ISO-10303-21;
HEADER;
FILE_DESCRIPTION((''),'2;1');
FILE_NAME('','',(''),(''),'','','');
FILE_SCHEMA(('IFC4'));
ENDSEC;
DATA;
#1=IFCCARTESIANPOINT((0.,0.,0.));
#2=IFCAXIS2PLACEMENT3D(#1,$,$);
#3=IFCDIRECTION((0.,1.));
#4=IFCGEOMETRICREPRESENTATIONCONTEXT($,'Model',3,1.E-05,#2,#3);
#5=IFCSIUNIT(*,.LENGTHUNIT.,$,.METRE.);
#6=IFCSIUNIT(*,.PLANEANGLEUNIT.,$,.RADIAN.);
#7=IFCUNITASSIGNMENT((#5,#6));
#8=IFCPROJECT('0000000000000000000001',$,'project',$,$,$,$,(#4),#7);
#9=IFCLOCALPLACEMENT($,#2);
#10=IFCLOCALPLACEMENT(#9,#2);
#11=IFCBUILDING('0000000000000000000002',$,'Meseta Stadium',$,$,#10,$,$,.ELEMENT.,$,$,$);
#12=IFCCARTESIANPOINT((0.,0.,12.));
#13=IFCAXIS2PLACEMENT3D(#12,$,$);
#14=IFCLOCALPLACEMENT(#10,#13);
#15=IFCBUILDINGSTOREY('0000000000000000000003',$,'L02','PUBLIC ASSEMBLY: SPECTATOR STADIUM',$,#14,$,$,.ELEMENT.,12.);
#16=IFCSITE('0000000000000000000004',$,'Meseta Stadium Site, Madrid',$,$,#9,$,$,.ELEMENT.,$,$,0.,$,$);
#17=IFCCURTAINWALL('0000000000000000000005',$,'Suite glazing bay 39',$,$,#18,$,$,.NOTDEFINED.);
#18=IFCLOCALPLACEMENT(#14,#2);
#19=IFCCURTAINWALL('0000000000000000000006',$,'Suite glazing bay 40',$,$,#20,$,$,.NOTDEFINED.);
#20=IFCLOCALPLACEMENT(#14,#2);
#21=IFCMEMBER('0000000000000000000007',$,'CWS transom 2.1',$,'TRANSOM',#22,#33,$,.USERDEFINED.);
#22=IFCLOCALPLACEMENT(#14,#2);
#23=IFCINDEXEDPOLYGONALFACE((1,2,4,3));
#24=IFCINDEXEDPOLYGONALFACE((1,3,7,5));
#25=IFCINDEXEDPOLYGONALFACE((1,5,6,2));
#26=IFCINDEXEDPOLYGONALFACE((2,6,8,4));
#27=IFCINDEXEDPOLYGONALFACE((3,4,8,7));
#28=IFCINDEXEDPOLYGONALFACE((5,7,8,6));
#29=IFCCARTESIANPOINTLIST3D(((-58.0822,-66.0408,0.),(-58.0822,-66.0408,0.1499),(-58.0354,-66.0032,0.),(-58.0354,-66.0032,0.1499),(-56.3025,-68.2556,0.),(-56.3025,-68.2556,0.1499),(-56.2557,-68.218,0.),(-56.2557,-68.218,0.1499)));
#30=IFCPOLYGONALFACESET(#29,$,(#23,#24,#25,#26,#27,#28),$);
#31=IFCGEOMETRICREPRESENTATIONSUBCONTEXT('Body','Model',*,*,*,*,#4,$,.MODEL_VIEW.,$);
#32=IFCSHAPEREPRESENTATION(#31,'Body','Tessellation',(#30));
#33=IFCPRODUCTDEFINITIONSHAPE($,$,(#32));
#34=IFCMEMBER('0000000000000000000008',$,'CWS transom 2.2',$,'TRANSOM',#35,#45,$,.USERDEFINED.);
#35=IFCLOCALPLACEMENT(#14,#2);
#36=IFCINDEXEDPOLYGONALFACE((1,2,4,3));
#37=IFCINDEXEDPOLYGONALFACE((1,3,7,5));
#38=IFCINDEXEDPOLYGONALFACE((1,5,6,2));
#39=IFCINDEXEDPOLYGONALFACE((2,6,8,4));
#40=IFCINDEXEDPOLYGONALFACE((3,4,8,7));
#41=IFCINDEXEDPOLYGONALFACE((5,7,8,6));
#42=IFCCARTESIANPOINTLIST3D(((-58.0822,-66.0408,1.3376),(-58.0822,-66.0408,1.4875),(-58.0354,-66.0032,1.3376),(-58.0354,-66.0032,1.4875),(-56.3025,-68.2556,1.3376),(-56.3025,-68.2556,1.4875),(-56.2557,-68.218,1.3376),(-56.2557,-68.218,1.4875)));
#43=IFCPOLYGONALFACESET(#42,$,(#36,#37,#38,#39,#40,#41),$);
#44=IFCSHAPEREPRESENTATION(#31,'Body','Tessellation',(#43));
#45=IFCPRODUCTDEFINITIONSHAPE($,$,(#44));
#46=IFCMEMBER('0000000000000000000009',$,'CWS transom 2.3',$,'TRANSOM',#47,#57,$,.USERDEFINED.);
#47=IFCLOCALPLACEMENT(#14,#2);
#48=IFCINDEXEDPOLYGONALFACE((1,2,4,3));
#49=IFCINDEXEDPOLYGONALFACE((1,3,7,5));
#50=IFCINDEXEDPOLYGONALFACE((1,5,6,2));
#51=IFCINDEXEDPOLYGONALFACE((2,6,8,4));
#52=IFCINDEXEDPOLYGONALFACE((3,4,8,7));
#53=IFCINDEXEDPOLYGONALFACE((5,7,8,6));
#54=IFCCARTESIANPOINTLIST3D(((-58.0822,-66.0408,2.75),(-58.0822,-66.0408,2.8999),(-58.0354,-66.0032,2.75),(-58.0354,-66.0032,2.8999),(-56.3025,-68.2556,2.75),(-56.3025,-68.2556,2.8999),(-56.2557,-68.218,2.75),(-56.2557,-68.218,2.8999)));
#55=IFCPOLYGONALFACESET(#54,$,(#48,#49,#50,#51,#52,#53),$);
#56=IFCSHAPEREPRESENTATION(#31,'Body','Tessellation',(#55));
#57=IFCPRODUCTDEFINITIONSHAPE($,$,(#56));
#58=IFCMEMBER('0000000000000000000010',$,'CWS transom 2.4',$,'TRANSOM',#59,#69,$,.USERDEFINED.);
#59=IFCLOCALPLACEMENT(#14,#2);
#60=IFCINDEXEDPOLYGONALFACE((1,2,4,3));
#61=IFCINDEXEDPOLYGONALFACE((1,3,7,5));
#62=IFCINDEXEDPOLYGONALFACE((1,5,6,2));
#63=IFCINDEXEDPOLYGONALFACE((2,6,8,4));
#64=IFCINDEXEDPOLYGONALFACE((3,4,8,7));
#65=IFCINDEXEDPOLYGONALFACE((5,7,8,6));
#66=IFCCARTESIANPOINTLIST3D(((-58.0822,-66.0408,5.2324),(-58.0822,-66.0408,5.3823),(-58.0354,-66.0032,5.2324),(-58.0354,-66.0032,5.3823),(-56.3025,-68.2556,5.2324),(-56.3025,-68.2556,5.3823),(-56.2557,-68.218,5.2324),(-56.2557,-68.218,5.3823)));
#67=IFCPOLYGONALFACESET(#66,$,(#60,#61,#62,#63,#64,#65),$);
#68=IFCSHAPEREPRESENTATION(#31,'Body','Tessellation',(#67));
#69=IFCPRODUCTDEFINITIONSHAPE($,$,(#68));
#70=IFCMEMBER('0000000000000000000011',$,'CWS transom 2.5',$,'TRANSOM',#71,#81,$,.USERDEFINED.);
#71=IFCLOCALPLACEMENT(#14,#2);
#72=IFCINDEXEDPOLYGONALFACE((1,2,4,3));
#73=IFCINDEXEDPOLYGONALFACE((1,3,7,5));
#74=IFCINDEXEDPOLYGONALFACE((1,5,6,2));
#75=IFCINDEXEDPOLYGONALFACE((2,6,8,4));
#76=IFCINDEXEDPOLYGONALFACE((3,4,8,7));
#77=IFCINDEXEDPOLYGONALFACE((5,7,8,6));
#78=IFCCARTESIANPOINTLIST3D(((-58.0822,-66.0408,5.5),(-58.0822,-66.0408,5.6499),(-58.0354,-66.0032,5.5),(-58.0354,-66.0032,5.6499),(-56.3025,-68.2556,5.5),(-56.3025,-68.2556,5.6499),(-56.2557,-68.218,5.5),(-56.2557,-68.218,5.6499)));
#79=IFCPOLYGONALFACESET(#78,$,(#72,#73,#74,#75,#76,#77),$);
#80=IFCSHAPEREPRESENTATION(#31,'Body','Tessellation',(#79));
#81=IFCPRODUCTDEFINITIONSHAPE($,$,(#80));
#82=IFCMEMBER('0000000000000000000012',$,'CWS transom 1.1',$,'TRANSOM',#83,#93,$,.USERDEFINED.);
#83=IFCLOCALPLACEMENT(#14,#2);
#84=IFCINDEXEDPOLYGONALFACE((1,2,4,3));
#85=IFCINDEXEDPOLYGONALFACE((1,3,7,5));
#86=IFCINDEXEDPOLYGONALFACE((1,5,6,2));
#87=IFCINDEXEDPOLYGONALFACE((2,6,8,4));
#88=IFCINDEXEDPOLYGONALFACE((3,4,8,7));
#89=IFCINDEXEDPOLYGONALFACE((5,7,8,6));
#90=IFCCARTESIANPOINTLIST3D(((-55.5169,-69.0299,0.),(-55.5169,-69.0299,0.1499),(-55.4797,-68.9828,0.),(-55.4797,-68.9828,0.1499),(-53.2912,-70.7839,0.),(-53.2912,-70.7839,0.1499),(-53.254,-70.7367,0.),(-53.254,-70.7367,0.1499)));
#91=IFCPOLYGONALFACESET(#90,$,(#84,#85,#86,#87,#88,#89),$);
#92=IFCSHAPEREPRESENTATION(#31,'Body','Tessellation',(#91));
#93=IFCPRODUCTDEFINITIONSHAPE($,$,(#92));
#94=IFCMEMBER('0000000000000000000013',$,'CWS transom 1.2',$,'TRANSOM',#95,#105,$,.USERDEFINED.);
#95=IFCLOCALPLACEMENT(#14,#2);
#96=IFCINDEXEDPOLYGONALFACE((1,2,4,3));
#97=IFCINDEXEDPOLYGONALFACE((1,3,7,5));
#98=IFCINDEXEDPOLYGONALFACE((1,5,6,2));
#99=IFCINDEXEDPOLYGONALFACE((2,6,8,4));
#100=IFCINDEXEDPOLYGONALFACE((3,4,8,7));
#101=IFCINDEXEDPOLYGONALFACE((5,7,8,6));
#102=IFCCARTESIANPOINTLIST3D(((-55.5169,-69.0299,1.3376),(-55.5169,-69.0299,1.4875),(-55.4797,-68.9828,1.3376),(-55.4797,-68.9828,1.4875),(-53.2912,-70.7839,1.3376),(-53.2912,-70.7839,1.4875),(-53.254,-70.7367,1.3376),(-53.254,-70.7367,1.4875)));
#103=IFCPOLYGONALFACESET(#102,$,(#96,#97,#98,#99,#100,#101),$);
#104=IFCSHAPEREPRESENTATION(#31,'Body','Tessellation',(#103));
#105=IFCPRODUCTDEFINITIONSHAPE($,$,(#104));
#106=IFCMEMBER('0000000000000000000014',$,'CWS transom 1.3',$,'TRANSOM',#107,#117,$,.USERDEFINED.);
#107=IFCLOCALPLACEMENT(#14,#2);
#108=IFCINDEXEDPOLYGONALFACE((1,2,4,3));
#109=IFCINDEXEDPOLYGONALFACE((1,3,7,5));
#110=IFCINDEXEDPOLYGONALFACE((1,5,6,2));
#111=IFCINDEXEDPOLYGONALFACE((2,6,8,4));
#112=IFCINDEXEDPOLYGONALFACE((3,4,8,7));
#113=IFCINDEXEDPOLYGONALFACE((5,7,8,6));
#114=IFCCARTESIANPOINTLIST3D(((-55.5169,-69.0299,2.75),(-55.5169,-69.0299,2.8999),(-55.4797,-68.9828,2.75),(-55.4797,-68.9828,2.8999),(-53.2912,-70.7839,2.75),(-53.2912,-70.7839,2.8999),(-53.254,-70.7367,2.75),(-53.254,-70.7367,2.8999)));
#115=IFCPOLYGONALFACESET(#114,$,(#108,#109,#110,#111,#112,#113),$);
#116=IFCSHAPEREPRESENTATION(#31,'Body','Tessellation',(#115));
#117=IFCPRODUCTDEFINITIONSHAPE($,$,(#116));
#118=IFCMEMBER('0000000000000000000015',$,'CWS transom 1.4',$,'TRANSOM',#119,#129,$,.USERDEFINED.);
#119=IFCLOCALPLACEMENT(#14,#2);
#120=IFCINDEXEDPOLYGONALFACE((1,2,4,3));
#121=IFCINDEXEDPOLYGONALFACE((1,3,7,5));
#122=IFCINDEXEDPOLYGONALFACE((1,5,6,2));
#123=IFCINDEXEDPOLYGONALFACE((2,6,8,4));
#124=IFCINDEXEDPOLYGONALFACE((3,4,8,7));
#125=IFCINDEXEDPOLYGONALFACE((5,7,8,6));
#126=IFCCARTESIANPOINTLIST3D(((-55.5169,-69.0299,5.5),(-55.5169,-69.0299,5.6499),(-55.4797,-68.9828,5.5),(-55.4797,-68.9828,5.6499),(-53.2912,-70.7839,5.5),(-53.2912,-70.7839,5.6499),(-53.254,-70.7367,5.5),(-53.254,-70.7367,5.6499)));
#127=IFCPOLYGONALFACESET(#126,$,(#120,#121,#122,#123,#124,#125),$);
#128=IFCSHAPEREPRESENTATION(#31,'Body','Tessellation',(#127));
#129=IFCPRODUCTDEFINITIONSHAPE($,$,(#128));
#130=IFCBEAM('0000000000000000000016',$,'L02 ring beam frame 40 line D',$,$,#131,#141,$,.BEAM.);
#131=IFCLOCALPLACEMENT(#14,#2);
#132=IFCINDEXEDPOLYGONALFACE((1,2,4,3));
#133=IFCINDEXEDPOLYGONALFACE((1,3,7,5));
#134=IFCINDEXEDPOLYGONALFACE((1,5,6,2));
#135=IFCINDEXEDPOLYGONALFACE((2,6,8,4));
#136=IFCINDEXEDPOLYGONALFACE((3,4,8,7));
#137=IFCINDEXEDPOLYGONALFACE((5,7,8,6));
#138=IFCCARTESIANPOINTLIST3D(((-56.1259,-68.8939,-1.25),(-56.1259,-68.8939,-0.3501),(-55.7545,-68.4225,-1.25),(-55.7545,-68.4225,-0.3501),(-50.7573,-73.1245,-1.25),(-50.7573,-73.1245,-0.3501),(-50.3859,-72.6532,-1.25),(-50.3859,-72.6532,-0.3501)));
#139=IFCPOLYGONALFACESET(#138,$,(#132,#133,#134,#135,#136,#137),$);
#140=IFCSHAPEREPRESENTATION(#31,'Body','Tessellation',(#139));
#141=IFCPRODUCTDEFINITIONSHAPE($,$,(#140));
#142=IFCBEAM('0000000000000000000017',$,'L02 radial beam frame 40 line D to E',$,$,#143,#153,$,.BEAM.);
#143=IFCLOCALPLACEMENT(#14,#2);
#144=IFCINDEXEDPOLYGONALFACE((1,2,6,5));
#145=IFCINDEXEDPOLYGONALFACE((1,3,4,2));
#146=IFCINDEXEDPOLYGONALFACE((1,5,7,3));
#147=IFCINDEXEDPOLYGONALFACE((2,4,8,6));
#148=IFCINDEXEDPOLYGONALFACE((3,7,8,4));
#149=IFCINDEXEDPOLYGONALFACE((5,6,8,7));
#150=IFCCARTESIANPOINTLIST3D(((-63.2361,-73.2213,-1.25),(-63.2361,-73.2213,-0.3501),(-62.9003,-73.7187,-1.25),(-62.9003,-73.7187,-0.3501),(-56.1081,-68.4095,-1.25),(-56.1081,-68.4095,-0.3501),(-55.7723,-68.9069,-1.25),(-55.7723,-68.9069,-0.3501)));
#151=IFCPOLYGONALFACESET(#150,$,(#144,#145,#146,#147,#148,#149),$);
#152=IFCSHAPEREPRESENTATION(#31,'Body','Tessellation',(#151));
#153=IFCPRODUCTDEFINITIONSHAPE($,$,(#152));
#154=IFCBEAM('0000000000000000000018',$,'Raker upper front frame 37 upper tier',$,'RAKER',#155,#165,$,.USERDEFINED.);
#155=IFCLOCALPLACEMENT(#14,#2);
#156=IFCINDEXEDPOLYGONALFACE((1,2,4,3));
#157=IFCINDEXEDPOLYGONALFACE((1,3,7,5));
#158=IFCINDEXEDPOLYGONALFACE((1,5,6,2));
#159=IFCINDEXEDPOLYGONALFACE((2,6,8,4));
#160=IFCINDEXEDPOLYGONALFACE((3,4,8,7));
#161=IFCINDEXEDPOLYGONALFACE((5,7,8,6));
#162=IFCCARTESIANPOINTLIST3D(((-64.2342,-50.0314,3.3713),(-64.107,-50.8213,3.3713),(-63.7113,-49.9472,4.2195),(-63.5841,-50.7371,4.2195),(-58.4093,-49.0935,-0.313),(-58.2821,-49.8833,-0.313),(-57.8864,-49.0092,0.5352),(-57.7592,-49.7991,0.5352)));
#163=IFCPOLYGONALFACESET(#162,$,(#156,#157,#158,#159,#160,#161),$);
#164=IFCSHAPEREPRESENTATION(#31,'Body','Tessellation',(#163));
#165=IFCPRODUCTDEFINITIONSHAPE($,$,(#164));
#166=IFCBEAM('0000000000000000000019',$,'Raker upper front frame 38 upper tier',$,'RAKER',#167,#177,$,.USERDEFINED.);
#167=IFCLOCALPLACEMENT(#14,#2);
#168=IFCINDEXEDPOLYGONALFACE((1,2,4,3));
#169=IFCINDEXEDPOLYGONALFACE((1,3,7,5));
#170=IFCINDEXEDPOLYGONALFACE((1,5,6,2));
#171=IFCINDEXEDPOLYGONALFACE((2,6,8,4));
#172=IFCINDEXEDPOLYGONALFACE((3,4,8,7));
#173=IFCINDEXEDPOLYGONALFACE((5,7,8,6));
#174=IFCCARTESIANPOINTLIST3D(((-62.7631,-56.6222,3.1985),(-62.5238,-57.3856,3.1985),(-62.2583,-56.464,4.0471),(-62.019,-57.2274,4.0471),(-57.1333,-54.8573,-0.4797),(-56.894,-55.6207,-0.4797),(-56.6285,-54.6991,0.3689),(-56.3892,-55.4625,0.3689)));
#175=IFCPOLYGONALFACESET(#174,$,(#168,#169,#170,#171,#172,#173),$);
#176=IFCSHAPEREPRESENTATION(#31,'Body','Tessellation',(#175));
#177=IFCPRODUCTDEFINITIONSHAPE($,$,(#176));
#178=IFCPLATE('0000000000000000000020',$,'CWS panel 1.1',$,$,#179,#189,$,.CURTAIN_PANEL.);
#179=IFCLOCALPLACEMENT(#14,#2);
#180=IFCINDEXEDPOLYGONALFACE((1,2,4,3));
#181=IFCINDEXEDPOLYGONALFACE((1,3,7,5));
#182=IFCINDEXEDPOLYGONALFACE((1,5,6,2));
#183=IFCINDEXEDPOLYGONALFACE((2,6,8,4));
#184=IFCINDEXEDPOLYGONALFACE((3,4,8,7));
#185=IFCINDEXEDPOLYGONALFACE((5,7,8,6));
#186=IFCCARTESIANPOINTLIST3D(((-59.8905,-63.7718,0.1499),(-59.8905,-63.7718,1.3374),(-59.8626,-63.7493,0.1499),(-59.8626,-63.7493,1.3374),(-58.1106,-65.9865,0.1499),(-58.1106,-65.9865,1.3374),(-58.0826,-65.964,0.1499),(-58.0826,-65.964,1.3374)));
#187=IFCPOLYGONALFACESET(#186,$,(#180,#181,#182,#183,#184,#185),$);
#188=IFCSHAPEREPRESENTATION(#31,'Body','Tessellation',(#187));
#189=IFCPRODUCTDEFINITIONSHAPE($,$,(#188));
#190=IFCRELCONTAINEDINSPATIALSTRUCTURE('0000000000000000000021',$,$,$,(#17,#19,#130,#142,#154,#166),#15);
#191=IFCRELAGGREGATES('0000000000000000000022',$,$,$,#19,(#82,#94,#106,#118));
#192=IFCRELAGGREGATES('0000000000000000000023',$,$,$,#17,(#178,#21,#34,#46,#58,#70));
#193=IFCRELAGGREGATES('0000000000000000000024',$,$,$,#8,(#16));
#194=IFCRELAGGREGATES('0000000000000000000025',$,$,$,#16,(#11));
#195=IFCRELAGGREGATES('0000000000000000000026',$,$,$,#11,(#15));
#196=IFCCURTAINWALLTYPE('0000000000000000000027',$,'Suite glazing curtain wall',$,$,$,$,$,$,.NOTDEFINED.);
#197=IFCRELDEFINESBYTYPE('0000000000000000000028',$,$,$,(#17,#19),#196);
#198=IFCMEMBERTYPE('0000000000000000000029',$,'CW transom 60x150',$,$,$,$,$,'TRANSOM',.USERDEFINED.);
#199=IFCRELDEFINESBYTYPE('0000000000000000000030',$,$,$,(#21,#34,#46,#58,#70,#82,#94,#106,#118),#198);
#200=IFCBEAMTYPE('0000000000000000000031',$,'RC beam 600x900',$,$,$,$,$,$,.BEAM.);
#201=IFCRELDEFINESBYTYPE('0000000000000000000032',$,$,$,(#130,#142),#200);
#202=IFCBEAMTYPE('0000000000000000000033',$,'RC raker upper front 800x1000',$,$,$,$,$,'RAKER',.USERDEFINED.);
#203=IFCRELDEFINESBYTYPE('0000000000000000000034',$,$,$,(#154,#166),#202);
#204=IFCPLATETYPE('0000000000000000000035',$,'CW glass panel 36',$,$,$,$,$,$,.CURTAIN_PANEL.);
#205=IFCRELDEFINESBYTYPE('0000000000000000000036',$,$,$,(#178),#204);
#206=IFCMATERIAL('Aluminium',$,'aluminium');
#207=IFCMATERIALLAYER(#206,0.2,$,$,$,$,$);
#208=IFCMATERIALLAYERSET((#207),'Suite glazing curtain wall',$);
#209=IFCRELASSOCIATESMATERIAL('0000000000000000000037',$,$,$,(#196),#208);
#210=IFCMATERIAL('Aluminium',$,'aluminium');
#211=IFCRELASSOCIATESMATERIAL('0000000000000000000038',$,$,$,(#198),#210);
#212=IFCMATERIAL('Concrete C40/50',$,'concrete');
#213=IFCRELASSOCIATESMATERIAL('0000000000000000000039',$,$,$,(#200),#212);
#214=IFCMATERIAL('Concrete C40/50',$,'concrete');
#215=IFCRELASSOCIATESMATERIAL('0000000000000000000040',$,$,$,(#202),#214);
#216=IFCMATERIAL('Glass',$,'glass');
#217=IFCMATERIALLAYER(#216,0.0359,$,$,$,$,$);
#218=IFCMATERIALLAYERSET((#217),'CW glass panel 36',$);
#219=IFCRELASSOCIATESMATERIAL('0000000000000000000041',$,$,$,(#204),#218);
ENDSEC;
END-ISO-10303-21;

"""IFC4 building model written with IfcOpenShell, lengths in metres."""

from ifc_helpers import new_model, si_unit, direction, frame, origin, origin_2d, place, context, subcontext, project, spatial, rectangle, extrude, material, layer, layer_set, material_profile, profile_set, type_object, element, aggregate, save


model = new_model("IFC4")

# Units and contexts
model_context = context("Model", 3, precision=1e-05, world=origin(), true_north=direction((0.0, 1.0)))
body_context = subcontext(model_context, "Body", "Model", "MODEL_VIEW")
ifc_project = project(units=[si_unit("LENGTHUNIT", "METRE"), si_unit("PLANEANGLEUNIT", "RADIAN")], contexts=[model_context])

# Site, building, storey
site_placement = place(None, origin())
site = spatial("IfcSite", under=ifc_project, at=site_placement, Name="Meseta Stadium Site, Madrid", CompositionType="ELEMENT", RefElevation=0.0)
building_placement = place(site_placement, origin())
building = spatial("IfcBuilding", under=site, at=building_placement, Name="Meseta Stadium", CompositionType="ELEMENT")
storey_placement = place(building_placement, frame((0.0, 0.0, 12.0)))
storey = spatial("IfcBuildingStorey", under=building, at=storey_placement, Name="L02", Description="PUBLIC ASSEMBLY: SPECTATOR STADIUM", CompositionType="ELEMENT", Elevation=12.0)

# Curtain wall
ifc_material_1 = material(Name="Aluminium", Category="aluminium")
ifc_layer_1 = layer(ifc_material_1, 0.2)
ifc_layer_set_1 = layer_set([ifc_layer_1], Name="Suite glazing curtain wall")
curtain_wall_type = type_object("IfcCurtainWallType", Name="Suite glazing curtain wall", PredefinedType="NOTDEFINED", material=ifc_layer_set_1)
curtain_wall_1_placement = place(storey_placement, origin())
curtain_wall_1 = element("IfcCurtainWall", 1, at=curtain_wall_1_placement, inside=storey, type_object=curtain_wall_type, Name="Suite glazing bay 39", PredefinedType="NOTDEFINED")

# Curtain wall
curtain_wall_2_placement = place(storey_placement, origin())
curtain_wall_2 = element("IfcCurtainWall", 2, at=curtain_wall_2_placement, inside=storey, type_object=curtain_wall_type, Name="Suite glazing bay 40", PredefinedType="NOTDEFINED")

# Members
ifc_material_2 = material(Name="Aluminium", Category="aluminium")
ifc_material_profile_1 = material_profile(ifc_material_2, rectangle(XDim=0.0601, YDim=0.1499, at=origin_2d()), Name="CW 60x150")
ifc_profile_set_1 = profile_set([ifc_material_profile_1], Name="Aluminium")
member_type_1 = type_object("IfcMemberType", Name="CW transom 60x150", ElementType="TRANSOM", PredefinedType="USERDEFINED", material=ifc_profile_set_1)
member_1_placement = place(storey_placement, frame((-58.0588, -66.022, 0.075), z_axis=(0.626391, -0.779509, 0.0), x_axis=(0.779509, 0.626391, 0.0)))
member_1 = element("IfcMember", 3, at=member_1_placement, type_object=member_type_1, Name="CWS transom 2.1", ObjectType="TRANSOM", PredefinedType="USERDEFINED", context=body_context, shape_type="SweptSolid", body=[
    extrude(rectangle(XDim=0.0601, YDim=0.1499, at=origin_2d()), origin(), (0.0, 0.0, 1.0), 2.8413),
])
member_2_placement = place(storey_placement, frame((-58.0588, -66.022, 1.4126), z_axis=(0.626391, -0.779509, 0.0), x_axis=(0.779509, 0.626391, 0.0)))
member_2 = element("IfcMember", 4, at=member_2_placement, type_object=member_type_1, Name="CWS transom 2.2", ObjectType="TRANSOM", PredefinedType="USERDEFINED", context=body_context, shape_type="SweptSolid", body=[
    extrude(rectangle(XDim=0.0601, YDim=0.1499, at=origin_2d()), origin(), (0.0, 0.0, 1.0), 2.8413),
])
member_3_placement = place(storey_placement, frame((-58.0588, -66.022, 2.825), z_axis=(0.626391, -0.779509, 0.0), x_axis=(0.779509, 0.626391, 0.0)))
member_3 = element("IfcMember", 5, at=member_3_placement, type_object=member_type_1, Name="CWS transom 2.3", ObjectType="TRANSOM", PredefinedType="USERDEFINED", context=body_context, shape_type="SweptSolid", body=[
    extrude(rectangle(XDim=0.0601, YDim=0.1499, at=origin_2d()), origin(), (0.0, 0.0, 1.0), 2.8413),
])
member_4_placement = place(storey_placement, frame((-58.0588, -66.022, 5.3074), z_axis=(0.626391, -0.779509, 0.0), x_axis=(0.779509, 0.626391, 0.0)))
member_4 = element("IfcMember", 6, at=member_4_placement, type_object=member_type_1, Name="CWS transom 2.4", ObjectType="TRANSOM", PredefinedType="USERDEFINED", context=body_context, shape_type="SweptSolid", body=[
    extrude(rectangle(XDim=0.0601, YDim=0.1499, at=origin_2d()), origin(), (0.0, 0.0, 1.0), 2.8413),
])
member_5_placement = place(storey_placement, frame((-58.0588, -66.022, 5.575), z_axis=(0.626391, -0.779509, 0.0), x_axis=(0.779509, 0.626391, 0.0)))
member_5 = element("IfcMember", 7, at=member_5_placement, type_object=member_type_1, Name="CWS transom 2.5", ObjectType="TRANSOM", PredefinedType="USERDEFINED", context=body_context, shape_type="SweptSolid", body=[
    extrude(rectangle(XDim=0.0601, YDim=0.1499, at=origin_2d()), origin(), (0.0, 0.0, 1.0), 2.8413),
])
member_6_placement = place(storey_placement, frame((-55.4983, -69.0063, 0.075), z_axis=(0.785421, -0.618962, 0.0), x_axis=(0.618962, 0.785421, 0.0)))
member_6 = element("IfcMember", 8, at=member_6_placement, type_object=member_type_1, Name="CWS transom 1.1", ObjectType="TRANSOM", PredefinedType="USERDEFINED", context=body_context, shape_type="SweptSolid", body=[
    extrude(rectangle(XDim=0.0601, YDim=0.1499, at=origin_2d()), origin(), (0.0, 0.0, 1.0), 2.8337),
])
member_7_placement = place(storey_placement, frame((-55.4983, -69.0063, 1.4126), z_axis=(0.785421, -0.618962, 0.0), x_axis=(0.618962, 0.785421, 0.0)))
member_7 = element("IfcMember", 9, at=member_7_placement, type_object=member_type_1, Name="CWS transom 1.2", ObjectType="TRANSOM", PredefinedType="USERDEFINED", context=body_context, shape_type="SweptSolid", body=[
    extrude(rectangle(XDim=0.0601, YDim=0.1499, at=origin_2d()), origin(), (0.0, 0.0, 1.0), 2.8337),
])
member_8_placement = place(storey_placement, frame((-55.4983, -69.0063, 2.825), z_axis=(0.785421, -0.618962, 0.0), x_axis=(0.618962, 0.785421, 0.0)))
member_8 = element("IfcMember", 10, at=member_8_placement, type_object=member_type_1, Name="CWS transom 1.3", ObjectType="TRANSOM", PredefinedType="USERDEFINED", context=body_context, shape_type="SweptSolid", body=[
    extrude(rectangle(XDim=0.0601, YDim=0.1499, at=origin_2d()), origin(), (0.0, 0.0, 1.0), 2.8337),
])
member_9_placement = place(storey_placement, frame((-55.4983, -69.0063, 5.575), z_axis=(0.785421, -0.618962, 0.0), x_axis=(0.618962, 0.785421, 0.0)))
member_9 = element("IfcMember", 11, at=member_9_placement, type_object=member_type_1, Name="CWS transom 1.4", ObjectType="TRANSOM", PredefinedType="USERDEFINED", context=body_context, shape_type="SweptSolid", body=[
    extrude(rectangle(XDim=0.0601, YDim=0.1499, at=origin_2d()), origin(), (0.0, 0.0, 1.0), 2.8337),
])
aggregate(curtain_wall_2, [member_6, member_7, member_8, member_9])

# Beams
ifc_material_3 = material(Name="Concrete C40/50", Category="concrete")
ifc_material_profile_2 = material_profile(ifc_material_3, rectangle(XDim=0.6001, YDim=0.8999, at=origin_2d()), Name="RC 600x900")
ifc_profile_set_2 = profile_set([ifc_material_profile_2], Name="Concrete C40/50")
beam_type_1 = type_object("IfcBeamType", Name="RC beam 600x900", PredefinedType="BEAM", material=ifc_profile_set_2)
beam_1_placement = place(storey_placement, frame((-55.9402, -68.6582, -0.8), z_axis=(0.78543, -0.61895, 0.0), x_axis=(0.61895, 0.78543, 0.0)))
element("IfcBeam", 12, at=beam_1_placement, inside=storey, type_object=beam_type_1, Name="L02 ring beam frame 40 line D", PredefinedType="BEAM", context=body_context, shape_type="SweptSolid", body=[
    extrude(rectangle(XDim=0.6001, YDim=0.8999, at=origin_2d()), origin(), (0.0, 0.0, 1.0), 6.8352),
])
beam_2_placement = place(storey_placement, frame((-55.9402, -68.6582, -0.8), z_axis=(-0.828826, -0.559506, 0.0), x_axis=(0.559506, -0.828826, 0.0)))
element("IfcBeam", 13, at=beam_2_placement, inside=storey, type_object=beam_type_1, Name="L02 radial beam frame 40 line D to E", PredefinedType="BEAM", context=body_context, shape_type="SweptSolid", body=[
    extrude(rectangle(XDim=0.6001, YDim=0.8999, at=origin_2d()), origin(), (0.0, 0.0, 1.0), 8.6001),
])
ifc_material_4 = material(Name="Concrete C40/50", Category="concrete")
ifc_material_profile_3 = material_profile(ifc_material_4, rectangle(XDim=0.8, YDim=1.0, at=origin_2d()), Name="RC 800x1000")
ifc_profile_set_3 = profile_set([ifc_material_profile_3], Name="Concrete C40/50")
beam_type_2 = type_object("IfcBeamType", Name="RC raker upper front 800x1000", ElementType="RAKER", PredefinedType="USERDEFINED", material=ifc_profile_set_3)
beam_3_placement = place(storey_placement, frame((-58.0842, -49.4463, 0.1111), z_axis=(-0.837415, -0.134848, 0.529671), x_axis=(0.158981, -0.987282, 0.0)))
element("IfcBeam", 14, at=beam_3_placement, inside=storey, type_object=beam_type_2, Name="Raker upper front frame 37 upper tier", ObjectType="RAKER", PredefinedType="USERDEFINED", context=body_context, shape_type="SweptSolid", body=[
    extrude(rectangle(XDim=0.8, YDim=1.0, at=origin_2d()), origin(), (0.0, 0.0, 1.0), 6.9558),
])
beam_4_placement = place(storey_placement, frame((-56.7612, -55.1599, -0.0554), z_axis=(-0.809743, -0.253844, 0.529037), x_axis=(0.299133, -0.954212, 0.0)))
element("IfcBeam", 15, at=beam_4_placement, inside=storey, type_object=beam_type_2, Name="Raker upper front frame 38 upper tier", ObjectType="RAKER", PredefinedType="USERDEFINED", context=body_context, shape_type="SweptSolid", body=[
    extrude(rectangle(XDim=0.8, YDim=1.0, at=origin_2d()), origin(), (0.0, 0.0, 1.0), 6.9526),
])

# Plate
ifc_material_5 = material(Name="Glass", Category="glass")
ifc_layer_2 = layer(ifc_material_5, 0.0359)
ifc_layer_set_2 = layer_set([ifc_layer_2], Name="CW glass panel 36")
plate_type = type_object("IfcPlateType", Name="CW glass panel 36", PredefinedType="CURTAIN_PANEL", material=ifc_layer_set_2)
plate_1_placement = place(storey_placement, frame((-58.9866, -64.8679, 0.1499), z_axis=(0.0, 0.0, 1.0), x_axis=(0.62646, -0.779454, 0.0)))
plate_1 = element("IfcPlate", 16, at=plate_1_placement, type_object=plate_type, Name="CWS panel 1.1", PredefinedType="CURTAIN_PANEL", context=body_context, shape_type="SweptSolid", body=[
    extrude(rectangle(XDim=2.8413, YDim=0.0359, at=origin_2d()), origin(), (0.0, 0.0, 1.0), 1.1875),
])
aggregate(curtain_wall_1, [plate_1, member_1, member_2, member_3, member_4, member_5])

save(model, "model.ifc")
